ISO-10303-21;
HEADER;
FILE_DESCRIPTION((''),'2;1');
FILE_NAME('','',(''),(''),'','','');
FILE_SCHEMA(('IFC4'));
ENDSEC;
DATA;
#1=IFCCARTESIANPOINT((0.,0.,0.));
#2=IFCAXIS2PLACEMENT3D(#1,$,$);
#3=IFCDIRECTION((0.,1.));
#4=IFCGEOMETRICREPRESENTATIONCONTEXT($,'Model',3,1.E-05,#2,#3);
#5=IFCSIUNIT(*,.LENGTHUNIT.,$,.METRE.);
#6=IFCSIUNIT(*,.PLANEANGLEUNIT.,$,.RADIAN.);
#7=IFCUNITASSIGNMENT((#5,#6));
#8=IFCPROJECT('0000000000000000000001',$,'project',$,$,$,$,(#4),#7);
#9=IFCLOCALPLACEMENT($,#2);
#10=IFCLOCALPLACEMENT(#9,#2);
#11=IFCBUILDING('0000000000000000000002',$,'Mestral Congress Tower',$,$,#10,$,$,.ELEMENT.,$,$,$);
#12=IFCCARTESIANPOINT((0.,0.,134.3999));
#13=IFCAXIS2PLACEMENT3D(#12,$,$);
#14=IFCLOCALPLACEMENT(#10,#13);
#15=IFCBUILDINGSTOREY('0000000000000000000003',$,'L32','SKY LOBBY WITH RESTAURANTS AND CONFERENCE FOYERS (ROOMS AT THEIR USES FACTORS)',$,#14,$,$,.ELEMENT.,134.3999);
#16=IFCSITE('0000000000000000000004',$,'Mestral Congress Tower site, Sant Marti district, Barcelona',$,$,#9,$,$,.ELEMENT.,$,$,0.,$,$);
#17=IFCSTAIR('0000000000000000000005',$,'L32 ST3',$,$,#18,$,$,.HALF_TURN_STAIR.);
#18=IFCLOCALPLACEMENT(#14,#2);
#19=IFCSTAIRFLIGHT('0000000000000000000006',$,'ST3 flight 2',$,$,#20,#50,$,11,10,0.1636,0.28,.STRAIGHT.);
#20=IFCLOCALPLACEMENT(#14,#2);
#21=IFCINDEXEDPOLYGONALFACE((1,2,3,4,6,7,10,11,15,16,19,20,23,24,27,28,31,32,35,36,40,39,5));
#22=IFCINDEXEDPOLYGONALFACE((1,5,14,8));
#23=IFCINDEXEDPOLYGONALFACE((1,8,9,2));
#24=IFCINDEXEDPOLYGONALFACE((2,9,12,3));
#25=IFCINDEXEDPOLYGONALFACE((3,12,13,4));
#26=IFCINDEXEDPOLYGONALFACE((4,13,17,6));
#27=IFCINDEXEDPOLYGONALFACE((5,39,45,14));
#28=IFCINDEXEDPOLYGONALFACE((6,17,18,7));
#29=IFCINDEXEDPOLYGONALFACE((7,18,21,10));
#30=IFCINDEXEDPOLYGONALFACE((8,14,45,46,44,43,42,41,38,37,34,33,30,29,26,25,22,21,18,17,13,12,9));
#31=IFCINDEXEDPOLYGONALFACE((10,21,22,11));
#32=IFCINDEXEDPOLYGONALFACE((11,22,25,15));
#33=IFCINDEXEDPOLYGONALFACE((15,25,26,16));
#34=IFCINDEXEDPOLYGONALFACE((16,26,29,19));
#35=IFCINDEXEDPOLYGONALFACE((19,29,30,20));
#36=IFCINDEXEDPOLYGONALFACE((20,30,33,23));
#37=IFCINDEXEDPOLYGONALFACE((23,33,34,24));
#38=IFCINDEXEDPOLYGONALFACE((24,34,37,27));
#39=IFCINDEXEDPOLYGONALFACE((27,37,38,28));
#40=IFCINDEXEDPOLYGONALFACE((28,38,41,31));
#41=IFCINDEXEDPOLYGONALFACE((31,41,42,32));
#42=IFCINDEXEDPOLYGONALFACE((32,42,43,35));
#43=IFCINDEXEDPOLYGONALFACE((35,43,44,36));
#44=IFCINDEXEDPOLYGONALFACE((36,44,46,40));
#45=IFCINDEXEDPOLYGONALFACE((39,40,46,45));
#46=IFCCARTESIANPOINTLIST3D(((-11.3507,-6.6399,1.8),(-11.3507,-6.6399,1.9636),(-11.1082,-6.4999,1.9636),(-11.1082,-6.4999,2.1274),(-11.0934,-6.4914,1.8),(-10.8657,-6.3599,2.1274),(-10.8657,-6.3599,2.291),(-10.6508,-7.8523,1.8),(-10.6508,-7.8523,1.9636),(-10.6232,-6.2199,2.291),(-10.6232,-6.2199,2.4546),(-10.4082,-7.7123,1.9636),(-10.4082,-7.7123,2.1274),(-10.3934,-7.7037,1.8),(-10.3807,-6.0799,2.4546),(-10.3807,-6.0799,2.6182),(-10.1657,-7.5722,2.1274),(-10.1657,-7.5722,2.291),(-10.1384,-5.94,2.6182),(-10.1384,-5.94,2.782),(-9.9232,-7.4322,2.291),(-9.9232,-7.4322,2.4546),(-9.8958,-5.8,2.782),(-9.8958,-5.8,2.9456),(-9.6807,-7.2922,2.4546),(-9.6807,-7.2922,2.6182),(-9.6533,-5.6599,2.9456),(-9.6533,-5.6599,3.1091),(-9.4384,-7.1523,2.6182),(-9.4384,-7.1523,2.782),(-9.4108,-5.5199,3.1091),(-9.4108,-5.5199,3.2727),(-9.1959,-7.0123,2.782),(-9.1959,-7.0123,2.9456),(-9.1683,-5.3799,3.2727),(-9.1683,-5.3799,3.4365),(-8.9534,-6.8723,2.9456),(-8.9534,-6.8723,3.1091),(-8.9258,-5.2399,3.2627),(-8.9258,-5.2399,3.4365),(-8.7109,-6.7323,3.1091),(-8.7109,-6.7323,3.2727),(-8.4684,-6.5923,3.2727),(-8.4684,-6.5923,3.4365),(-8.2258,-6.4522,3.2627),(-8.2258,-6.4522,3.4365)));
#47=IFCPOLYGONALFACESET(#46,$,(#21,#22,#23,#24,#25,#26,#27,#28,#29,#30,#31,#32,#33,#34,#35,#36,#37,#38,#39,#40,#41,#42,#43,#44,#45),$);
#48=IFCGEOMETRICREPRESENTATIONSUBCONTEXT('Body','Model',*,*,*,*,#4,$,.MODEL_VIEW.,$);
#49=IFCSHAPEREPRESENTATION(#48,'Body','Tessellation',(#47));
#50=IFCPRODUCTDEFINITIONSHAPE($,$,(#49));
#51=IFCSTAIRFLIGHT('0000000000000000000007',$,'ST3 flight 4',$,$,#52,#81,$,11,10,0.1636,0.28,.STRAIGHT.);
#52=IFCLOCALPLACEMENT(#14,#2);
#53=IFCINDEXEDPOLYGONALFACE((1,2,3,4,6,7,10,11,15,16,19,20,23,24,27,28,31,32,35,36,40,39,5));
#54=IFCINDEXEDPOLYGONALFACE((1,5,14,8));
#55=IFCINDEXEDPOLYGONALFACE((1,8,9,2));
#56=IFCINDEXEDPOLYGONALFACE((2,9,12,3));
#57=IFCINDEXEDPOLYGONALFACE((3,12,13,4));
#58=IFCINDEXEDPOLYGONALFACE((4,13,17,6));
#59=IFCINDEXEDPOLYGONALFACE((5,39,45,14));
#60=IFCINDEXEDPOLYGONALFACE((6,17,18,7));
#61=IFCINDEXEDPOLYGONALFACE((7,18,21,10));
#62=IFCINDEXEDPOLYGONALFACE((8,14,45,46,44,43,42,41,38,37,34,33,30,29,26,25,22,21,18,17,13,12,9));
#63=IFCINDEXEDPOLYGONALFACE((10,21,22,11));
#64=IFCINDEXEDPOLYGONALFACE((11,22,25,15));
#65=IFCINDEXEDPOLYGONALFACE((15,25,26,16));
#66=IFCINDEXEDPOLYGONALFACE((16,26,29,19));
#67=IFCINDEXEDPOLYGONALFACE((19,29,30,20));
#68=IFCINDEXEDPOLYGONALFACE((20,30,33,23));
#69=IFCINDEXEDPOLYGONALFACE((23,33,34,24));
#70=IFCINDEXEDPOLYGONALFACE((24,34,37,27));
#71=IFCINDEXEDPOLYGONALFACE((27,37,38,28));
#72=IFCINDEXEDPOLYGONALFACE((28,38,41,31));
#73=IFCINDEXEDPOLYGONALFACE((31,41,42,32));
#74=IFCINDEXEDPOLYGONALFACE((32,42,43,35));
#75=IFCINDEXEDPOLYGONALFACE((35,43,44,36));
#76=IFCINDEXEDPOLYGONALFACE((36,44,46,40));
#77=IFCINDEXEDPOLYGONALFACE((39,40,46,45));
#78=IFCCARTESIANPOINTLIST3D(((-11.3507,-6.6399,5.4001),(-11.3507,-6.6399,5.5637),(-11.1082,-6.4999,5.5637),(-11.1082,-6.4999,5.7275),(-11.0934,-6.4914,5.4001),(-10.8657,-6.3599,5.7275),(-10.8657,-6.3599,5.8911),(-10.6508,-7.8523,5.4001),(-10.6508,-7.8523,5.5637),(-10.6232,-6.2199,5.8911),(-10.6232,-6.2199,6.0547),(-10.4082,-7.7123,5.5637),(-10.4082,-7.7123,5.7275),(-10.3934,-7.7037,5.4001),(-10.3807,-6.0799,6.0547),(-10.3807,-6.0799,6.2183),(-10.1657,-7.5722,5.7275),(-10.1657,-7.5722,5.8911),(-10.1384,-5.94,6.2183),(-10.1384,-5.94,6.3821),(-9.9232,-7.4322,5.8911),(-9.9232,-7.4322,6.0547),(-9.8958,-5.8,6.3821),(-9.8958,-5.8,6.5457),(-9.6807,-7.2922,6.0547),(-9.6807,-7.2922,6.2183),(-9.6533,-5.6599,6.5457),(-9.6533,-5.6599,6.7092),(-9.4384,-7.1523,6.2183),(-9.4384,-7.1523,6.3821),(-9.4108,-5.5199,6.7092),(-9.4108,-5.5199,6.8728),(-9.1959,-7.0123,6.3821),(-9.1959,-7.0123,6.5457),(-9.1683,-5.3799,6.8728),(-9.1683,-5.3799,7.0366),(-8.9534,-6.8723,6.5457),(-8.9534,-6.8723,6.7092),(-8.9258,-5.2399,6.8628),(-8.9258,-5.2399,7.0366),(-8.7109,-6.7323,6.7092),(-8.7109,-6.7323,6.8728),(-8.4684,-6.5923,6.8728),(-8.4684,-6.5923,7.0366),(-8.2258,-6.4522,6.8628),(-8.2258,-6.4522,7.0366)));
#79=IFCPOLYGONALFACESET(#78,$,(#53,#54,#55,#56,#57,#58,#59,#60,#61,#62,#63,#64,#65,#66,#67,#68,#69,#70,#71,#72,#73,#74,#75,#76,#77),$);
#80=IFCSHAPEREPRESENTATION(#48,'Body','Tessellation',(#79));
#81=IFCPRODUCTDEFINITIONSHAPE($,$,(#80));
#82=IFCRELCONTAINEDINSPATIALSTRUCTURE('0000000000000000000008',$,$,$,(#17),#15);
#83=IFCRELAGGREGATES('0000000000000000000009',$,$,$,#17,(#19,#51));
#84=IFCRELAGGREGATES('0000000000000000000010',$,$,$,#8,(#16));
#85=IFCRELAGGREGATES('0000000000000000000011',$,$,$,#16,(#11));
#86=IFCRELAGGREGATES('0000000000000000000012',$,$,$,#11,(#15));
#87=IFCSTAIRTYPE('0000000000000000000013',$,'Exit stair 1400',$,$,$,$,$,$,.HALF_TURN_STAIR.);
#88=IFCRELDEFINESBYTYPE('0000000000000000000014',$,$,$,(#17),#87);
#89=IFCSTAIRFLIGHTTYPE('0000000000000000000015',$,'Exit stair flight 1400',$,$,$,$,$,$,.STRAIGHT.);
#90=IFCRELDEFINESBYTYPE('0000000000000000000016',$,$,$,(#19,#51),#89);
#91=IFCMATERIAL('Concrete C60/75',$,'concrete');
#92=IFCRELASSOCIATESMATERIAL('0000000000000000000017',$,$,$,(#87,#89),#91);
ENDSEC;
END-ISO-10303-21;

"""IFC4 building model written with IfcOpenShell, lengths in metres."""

from ifc_helpers import new_model, si_unit, direction, frame, origin, place, context, subcontext, project, spatial, polyline, outline, extrude, material, type_object, element, aggregate, save


model = new_model("IFC4")

# Units and contexts
model_context = context("Model", 3, precision=1e-05, world=origin(), true_north=direction((0.0, 1.0)))
body_context = subcontext(model_context, "Body", "Model", "MODEL_VIEW")
ifc_project = project(units=[si_unit("LENGTHUNIT", "METRE"), si_unit("PLANEANGLEUNIT", "RADIAN")], contexts=[model_context])

# Site, building, storey
site_placement = place(None, origin())
site = spatial("IfcSite", under=ifc_project, at=site_placement, Name="Mestral Congress Tower site, Sant Marti district, Barcelona", CompositionType="ELEMENT", RefElevation=0.0)
building_placement = place(site_placement, origin())
building = spatial("IfcBuilding", under=site, at=building_placement, Name="Mestral Congress Tower", CompositionType="ELEMENT")
storey_placement = place(building_placement, frame((0.0, 0.0, 134.3999)))
storey = spatial("IfcBuildingStorey", under=building, at=storey_placement, Name="L32", Description="SKY LOBBY WITH RESTAURANTS AND CONFERENCE FOYERS (ROOMS AT THEIR USES FACTORS)", CompositionType="ELEMENT", Elevation=134.3999)

# Shared definitions
ifc_material_1 = material(Name="Concrete C60/75", Category="concrete")

# Stair, stair flights
stair_type = type_object("IfcStairType", Name="Exit stair 1400", PredefinedType="HALF_TURN_STAIR", material=ifc_material_1)
stair_placement = place(storey_placement, origin())
stair = element("IfcStair", 1, at=stair_placement, inside=storey, type_object=stair_type, Name="L32 ST3", PredefinedType="HALF_TURN_STAIR")
stair_flight_type = type_object("IfcStairFlightType", Name="Exit stair flight 1400", PredefinedType="STRAIGHT", material=ifc_material_1)
stair_flight_1_placement = place(storey_placement, frame((-11.0007, -7.2461, 1.8), z_axis=(0.0, 0.0, 1.0), x_axis=(0.866025, 0.5, 0.0)))
stair_flight_1 = element("IfcStairFlight", 2, at=stair_flight_1_placement, type_object=stair_flight_type, Name="ST3 flight 2", NumberOfRisers=11, NumberOfTreads=10, PredefinedType="STRAIGHT", RiserHeight=0.1636, TreadLength=0.28, context=body_context, shape_type="SweptSolid", body=[
    extrude(outline(polyline([(0.0, 0.0), (0.0, 0.1636), (0.28, 0.1636), (0.28, 0.3274), (0.5601, 0.3274), (0.5601, 0.491), (0.8401, 0.491), (0.8401, 0.6545), (1.1201, 0.6545), (1.1201, 0.8181), (1.3999, 0.8181), (1.3999, 0.9819), (1.6799, 0.9819), (1.6799, 1.1455), (1.96, 1.1455), (1.96, 1.3091), (2.24, 1.3091), (2.24, 1.4727), (2.52, 1.4727), (2.52, 1.6365), (2.8, 1.6365), (2.8, 1.8), (2.8, 1.4626), (0.2971, 0.0), (0.0, 0.0)])), frame((0.0, 0.7, 0.0), z_axis=(0.0, -1.0, 0.0), x_axis=(1.0, 0.0, 0.0)), (0.0, 0.0, 1.0), 1.3999),
])
stair_flight_2_placement = place(storey_placement, frame((-11.0007, -7.2461, 5.4001), z_axis=(0.0, 0.0, 1.0), x_axis=(0.866025, 0.5, 0.0)))
stair_flight_2 = element("IfcStairFlight", 3, at=stair_flight_2_placement, type_object=stair_flight_type, Name="ST3 flight 4", NumberOfRisers=11, NumberOfTreads=10, PredefinedType="STRAIGHT", RiserHeight=0.1636, TreadLength=0.28, context=body_context, shape_type="SweptSolid", body=[
    extrude(outline(polyline([(0.0, 0.0), (0.0, 0.1636), (0.28, 0.1636), (0.28, 0.3274), (0.5601, 0.3274), (0.5601, 0.491), (0.8401, 0.491), (0.8401, 0.6545), (1.1201, 0.6545), (1.1201, 0.8181), (1.3999, 0.8181), (1.3999, 0.9819), (1.6799, 0.9819), (1.6799, 1.1455), (1.96, 1.1455), (1.96, 1.3091), (2.24, 1.3091), (2.24, 1.4727), (2.52, 1.4727), (2.52, 1.6365), (2.8, 1.6365), (2.8, 1.8), (2.8, 1.4626), (0.2971, 0.0), (0.0, 0.0)])), frame((0.0, 0.7, 0.0), z_axis=(0.0, -1.0, 0.0), x_axis=(1.0, 0.0, 0.0)), (0.0, 0.0, 1.0), 1.3999),
])
aggregate(stair, [stair_flight_1, stair_flight_2])

save(model, "model.ifc")
